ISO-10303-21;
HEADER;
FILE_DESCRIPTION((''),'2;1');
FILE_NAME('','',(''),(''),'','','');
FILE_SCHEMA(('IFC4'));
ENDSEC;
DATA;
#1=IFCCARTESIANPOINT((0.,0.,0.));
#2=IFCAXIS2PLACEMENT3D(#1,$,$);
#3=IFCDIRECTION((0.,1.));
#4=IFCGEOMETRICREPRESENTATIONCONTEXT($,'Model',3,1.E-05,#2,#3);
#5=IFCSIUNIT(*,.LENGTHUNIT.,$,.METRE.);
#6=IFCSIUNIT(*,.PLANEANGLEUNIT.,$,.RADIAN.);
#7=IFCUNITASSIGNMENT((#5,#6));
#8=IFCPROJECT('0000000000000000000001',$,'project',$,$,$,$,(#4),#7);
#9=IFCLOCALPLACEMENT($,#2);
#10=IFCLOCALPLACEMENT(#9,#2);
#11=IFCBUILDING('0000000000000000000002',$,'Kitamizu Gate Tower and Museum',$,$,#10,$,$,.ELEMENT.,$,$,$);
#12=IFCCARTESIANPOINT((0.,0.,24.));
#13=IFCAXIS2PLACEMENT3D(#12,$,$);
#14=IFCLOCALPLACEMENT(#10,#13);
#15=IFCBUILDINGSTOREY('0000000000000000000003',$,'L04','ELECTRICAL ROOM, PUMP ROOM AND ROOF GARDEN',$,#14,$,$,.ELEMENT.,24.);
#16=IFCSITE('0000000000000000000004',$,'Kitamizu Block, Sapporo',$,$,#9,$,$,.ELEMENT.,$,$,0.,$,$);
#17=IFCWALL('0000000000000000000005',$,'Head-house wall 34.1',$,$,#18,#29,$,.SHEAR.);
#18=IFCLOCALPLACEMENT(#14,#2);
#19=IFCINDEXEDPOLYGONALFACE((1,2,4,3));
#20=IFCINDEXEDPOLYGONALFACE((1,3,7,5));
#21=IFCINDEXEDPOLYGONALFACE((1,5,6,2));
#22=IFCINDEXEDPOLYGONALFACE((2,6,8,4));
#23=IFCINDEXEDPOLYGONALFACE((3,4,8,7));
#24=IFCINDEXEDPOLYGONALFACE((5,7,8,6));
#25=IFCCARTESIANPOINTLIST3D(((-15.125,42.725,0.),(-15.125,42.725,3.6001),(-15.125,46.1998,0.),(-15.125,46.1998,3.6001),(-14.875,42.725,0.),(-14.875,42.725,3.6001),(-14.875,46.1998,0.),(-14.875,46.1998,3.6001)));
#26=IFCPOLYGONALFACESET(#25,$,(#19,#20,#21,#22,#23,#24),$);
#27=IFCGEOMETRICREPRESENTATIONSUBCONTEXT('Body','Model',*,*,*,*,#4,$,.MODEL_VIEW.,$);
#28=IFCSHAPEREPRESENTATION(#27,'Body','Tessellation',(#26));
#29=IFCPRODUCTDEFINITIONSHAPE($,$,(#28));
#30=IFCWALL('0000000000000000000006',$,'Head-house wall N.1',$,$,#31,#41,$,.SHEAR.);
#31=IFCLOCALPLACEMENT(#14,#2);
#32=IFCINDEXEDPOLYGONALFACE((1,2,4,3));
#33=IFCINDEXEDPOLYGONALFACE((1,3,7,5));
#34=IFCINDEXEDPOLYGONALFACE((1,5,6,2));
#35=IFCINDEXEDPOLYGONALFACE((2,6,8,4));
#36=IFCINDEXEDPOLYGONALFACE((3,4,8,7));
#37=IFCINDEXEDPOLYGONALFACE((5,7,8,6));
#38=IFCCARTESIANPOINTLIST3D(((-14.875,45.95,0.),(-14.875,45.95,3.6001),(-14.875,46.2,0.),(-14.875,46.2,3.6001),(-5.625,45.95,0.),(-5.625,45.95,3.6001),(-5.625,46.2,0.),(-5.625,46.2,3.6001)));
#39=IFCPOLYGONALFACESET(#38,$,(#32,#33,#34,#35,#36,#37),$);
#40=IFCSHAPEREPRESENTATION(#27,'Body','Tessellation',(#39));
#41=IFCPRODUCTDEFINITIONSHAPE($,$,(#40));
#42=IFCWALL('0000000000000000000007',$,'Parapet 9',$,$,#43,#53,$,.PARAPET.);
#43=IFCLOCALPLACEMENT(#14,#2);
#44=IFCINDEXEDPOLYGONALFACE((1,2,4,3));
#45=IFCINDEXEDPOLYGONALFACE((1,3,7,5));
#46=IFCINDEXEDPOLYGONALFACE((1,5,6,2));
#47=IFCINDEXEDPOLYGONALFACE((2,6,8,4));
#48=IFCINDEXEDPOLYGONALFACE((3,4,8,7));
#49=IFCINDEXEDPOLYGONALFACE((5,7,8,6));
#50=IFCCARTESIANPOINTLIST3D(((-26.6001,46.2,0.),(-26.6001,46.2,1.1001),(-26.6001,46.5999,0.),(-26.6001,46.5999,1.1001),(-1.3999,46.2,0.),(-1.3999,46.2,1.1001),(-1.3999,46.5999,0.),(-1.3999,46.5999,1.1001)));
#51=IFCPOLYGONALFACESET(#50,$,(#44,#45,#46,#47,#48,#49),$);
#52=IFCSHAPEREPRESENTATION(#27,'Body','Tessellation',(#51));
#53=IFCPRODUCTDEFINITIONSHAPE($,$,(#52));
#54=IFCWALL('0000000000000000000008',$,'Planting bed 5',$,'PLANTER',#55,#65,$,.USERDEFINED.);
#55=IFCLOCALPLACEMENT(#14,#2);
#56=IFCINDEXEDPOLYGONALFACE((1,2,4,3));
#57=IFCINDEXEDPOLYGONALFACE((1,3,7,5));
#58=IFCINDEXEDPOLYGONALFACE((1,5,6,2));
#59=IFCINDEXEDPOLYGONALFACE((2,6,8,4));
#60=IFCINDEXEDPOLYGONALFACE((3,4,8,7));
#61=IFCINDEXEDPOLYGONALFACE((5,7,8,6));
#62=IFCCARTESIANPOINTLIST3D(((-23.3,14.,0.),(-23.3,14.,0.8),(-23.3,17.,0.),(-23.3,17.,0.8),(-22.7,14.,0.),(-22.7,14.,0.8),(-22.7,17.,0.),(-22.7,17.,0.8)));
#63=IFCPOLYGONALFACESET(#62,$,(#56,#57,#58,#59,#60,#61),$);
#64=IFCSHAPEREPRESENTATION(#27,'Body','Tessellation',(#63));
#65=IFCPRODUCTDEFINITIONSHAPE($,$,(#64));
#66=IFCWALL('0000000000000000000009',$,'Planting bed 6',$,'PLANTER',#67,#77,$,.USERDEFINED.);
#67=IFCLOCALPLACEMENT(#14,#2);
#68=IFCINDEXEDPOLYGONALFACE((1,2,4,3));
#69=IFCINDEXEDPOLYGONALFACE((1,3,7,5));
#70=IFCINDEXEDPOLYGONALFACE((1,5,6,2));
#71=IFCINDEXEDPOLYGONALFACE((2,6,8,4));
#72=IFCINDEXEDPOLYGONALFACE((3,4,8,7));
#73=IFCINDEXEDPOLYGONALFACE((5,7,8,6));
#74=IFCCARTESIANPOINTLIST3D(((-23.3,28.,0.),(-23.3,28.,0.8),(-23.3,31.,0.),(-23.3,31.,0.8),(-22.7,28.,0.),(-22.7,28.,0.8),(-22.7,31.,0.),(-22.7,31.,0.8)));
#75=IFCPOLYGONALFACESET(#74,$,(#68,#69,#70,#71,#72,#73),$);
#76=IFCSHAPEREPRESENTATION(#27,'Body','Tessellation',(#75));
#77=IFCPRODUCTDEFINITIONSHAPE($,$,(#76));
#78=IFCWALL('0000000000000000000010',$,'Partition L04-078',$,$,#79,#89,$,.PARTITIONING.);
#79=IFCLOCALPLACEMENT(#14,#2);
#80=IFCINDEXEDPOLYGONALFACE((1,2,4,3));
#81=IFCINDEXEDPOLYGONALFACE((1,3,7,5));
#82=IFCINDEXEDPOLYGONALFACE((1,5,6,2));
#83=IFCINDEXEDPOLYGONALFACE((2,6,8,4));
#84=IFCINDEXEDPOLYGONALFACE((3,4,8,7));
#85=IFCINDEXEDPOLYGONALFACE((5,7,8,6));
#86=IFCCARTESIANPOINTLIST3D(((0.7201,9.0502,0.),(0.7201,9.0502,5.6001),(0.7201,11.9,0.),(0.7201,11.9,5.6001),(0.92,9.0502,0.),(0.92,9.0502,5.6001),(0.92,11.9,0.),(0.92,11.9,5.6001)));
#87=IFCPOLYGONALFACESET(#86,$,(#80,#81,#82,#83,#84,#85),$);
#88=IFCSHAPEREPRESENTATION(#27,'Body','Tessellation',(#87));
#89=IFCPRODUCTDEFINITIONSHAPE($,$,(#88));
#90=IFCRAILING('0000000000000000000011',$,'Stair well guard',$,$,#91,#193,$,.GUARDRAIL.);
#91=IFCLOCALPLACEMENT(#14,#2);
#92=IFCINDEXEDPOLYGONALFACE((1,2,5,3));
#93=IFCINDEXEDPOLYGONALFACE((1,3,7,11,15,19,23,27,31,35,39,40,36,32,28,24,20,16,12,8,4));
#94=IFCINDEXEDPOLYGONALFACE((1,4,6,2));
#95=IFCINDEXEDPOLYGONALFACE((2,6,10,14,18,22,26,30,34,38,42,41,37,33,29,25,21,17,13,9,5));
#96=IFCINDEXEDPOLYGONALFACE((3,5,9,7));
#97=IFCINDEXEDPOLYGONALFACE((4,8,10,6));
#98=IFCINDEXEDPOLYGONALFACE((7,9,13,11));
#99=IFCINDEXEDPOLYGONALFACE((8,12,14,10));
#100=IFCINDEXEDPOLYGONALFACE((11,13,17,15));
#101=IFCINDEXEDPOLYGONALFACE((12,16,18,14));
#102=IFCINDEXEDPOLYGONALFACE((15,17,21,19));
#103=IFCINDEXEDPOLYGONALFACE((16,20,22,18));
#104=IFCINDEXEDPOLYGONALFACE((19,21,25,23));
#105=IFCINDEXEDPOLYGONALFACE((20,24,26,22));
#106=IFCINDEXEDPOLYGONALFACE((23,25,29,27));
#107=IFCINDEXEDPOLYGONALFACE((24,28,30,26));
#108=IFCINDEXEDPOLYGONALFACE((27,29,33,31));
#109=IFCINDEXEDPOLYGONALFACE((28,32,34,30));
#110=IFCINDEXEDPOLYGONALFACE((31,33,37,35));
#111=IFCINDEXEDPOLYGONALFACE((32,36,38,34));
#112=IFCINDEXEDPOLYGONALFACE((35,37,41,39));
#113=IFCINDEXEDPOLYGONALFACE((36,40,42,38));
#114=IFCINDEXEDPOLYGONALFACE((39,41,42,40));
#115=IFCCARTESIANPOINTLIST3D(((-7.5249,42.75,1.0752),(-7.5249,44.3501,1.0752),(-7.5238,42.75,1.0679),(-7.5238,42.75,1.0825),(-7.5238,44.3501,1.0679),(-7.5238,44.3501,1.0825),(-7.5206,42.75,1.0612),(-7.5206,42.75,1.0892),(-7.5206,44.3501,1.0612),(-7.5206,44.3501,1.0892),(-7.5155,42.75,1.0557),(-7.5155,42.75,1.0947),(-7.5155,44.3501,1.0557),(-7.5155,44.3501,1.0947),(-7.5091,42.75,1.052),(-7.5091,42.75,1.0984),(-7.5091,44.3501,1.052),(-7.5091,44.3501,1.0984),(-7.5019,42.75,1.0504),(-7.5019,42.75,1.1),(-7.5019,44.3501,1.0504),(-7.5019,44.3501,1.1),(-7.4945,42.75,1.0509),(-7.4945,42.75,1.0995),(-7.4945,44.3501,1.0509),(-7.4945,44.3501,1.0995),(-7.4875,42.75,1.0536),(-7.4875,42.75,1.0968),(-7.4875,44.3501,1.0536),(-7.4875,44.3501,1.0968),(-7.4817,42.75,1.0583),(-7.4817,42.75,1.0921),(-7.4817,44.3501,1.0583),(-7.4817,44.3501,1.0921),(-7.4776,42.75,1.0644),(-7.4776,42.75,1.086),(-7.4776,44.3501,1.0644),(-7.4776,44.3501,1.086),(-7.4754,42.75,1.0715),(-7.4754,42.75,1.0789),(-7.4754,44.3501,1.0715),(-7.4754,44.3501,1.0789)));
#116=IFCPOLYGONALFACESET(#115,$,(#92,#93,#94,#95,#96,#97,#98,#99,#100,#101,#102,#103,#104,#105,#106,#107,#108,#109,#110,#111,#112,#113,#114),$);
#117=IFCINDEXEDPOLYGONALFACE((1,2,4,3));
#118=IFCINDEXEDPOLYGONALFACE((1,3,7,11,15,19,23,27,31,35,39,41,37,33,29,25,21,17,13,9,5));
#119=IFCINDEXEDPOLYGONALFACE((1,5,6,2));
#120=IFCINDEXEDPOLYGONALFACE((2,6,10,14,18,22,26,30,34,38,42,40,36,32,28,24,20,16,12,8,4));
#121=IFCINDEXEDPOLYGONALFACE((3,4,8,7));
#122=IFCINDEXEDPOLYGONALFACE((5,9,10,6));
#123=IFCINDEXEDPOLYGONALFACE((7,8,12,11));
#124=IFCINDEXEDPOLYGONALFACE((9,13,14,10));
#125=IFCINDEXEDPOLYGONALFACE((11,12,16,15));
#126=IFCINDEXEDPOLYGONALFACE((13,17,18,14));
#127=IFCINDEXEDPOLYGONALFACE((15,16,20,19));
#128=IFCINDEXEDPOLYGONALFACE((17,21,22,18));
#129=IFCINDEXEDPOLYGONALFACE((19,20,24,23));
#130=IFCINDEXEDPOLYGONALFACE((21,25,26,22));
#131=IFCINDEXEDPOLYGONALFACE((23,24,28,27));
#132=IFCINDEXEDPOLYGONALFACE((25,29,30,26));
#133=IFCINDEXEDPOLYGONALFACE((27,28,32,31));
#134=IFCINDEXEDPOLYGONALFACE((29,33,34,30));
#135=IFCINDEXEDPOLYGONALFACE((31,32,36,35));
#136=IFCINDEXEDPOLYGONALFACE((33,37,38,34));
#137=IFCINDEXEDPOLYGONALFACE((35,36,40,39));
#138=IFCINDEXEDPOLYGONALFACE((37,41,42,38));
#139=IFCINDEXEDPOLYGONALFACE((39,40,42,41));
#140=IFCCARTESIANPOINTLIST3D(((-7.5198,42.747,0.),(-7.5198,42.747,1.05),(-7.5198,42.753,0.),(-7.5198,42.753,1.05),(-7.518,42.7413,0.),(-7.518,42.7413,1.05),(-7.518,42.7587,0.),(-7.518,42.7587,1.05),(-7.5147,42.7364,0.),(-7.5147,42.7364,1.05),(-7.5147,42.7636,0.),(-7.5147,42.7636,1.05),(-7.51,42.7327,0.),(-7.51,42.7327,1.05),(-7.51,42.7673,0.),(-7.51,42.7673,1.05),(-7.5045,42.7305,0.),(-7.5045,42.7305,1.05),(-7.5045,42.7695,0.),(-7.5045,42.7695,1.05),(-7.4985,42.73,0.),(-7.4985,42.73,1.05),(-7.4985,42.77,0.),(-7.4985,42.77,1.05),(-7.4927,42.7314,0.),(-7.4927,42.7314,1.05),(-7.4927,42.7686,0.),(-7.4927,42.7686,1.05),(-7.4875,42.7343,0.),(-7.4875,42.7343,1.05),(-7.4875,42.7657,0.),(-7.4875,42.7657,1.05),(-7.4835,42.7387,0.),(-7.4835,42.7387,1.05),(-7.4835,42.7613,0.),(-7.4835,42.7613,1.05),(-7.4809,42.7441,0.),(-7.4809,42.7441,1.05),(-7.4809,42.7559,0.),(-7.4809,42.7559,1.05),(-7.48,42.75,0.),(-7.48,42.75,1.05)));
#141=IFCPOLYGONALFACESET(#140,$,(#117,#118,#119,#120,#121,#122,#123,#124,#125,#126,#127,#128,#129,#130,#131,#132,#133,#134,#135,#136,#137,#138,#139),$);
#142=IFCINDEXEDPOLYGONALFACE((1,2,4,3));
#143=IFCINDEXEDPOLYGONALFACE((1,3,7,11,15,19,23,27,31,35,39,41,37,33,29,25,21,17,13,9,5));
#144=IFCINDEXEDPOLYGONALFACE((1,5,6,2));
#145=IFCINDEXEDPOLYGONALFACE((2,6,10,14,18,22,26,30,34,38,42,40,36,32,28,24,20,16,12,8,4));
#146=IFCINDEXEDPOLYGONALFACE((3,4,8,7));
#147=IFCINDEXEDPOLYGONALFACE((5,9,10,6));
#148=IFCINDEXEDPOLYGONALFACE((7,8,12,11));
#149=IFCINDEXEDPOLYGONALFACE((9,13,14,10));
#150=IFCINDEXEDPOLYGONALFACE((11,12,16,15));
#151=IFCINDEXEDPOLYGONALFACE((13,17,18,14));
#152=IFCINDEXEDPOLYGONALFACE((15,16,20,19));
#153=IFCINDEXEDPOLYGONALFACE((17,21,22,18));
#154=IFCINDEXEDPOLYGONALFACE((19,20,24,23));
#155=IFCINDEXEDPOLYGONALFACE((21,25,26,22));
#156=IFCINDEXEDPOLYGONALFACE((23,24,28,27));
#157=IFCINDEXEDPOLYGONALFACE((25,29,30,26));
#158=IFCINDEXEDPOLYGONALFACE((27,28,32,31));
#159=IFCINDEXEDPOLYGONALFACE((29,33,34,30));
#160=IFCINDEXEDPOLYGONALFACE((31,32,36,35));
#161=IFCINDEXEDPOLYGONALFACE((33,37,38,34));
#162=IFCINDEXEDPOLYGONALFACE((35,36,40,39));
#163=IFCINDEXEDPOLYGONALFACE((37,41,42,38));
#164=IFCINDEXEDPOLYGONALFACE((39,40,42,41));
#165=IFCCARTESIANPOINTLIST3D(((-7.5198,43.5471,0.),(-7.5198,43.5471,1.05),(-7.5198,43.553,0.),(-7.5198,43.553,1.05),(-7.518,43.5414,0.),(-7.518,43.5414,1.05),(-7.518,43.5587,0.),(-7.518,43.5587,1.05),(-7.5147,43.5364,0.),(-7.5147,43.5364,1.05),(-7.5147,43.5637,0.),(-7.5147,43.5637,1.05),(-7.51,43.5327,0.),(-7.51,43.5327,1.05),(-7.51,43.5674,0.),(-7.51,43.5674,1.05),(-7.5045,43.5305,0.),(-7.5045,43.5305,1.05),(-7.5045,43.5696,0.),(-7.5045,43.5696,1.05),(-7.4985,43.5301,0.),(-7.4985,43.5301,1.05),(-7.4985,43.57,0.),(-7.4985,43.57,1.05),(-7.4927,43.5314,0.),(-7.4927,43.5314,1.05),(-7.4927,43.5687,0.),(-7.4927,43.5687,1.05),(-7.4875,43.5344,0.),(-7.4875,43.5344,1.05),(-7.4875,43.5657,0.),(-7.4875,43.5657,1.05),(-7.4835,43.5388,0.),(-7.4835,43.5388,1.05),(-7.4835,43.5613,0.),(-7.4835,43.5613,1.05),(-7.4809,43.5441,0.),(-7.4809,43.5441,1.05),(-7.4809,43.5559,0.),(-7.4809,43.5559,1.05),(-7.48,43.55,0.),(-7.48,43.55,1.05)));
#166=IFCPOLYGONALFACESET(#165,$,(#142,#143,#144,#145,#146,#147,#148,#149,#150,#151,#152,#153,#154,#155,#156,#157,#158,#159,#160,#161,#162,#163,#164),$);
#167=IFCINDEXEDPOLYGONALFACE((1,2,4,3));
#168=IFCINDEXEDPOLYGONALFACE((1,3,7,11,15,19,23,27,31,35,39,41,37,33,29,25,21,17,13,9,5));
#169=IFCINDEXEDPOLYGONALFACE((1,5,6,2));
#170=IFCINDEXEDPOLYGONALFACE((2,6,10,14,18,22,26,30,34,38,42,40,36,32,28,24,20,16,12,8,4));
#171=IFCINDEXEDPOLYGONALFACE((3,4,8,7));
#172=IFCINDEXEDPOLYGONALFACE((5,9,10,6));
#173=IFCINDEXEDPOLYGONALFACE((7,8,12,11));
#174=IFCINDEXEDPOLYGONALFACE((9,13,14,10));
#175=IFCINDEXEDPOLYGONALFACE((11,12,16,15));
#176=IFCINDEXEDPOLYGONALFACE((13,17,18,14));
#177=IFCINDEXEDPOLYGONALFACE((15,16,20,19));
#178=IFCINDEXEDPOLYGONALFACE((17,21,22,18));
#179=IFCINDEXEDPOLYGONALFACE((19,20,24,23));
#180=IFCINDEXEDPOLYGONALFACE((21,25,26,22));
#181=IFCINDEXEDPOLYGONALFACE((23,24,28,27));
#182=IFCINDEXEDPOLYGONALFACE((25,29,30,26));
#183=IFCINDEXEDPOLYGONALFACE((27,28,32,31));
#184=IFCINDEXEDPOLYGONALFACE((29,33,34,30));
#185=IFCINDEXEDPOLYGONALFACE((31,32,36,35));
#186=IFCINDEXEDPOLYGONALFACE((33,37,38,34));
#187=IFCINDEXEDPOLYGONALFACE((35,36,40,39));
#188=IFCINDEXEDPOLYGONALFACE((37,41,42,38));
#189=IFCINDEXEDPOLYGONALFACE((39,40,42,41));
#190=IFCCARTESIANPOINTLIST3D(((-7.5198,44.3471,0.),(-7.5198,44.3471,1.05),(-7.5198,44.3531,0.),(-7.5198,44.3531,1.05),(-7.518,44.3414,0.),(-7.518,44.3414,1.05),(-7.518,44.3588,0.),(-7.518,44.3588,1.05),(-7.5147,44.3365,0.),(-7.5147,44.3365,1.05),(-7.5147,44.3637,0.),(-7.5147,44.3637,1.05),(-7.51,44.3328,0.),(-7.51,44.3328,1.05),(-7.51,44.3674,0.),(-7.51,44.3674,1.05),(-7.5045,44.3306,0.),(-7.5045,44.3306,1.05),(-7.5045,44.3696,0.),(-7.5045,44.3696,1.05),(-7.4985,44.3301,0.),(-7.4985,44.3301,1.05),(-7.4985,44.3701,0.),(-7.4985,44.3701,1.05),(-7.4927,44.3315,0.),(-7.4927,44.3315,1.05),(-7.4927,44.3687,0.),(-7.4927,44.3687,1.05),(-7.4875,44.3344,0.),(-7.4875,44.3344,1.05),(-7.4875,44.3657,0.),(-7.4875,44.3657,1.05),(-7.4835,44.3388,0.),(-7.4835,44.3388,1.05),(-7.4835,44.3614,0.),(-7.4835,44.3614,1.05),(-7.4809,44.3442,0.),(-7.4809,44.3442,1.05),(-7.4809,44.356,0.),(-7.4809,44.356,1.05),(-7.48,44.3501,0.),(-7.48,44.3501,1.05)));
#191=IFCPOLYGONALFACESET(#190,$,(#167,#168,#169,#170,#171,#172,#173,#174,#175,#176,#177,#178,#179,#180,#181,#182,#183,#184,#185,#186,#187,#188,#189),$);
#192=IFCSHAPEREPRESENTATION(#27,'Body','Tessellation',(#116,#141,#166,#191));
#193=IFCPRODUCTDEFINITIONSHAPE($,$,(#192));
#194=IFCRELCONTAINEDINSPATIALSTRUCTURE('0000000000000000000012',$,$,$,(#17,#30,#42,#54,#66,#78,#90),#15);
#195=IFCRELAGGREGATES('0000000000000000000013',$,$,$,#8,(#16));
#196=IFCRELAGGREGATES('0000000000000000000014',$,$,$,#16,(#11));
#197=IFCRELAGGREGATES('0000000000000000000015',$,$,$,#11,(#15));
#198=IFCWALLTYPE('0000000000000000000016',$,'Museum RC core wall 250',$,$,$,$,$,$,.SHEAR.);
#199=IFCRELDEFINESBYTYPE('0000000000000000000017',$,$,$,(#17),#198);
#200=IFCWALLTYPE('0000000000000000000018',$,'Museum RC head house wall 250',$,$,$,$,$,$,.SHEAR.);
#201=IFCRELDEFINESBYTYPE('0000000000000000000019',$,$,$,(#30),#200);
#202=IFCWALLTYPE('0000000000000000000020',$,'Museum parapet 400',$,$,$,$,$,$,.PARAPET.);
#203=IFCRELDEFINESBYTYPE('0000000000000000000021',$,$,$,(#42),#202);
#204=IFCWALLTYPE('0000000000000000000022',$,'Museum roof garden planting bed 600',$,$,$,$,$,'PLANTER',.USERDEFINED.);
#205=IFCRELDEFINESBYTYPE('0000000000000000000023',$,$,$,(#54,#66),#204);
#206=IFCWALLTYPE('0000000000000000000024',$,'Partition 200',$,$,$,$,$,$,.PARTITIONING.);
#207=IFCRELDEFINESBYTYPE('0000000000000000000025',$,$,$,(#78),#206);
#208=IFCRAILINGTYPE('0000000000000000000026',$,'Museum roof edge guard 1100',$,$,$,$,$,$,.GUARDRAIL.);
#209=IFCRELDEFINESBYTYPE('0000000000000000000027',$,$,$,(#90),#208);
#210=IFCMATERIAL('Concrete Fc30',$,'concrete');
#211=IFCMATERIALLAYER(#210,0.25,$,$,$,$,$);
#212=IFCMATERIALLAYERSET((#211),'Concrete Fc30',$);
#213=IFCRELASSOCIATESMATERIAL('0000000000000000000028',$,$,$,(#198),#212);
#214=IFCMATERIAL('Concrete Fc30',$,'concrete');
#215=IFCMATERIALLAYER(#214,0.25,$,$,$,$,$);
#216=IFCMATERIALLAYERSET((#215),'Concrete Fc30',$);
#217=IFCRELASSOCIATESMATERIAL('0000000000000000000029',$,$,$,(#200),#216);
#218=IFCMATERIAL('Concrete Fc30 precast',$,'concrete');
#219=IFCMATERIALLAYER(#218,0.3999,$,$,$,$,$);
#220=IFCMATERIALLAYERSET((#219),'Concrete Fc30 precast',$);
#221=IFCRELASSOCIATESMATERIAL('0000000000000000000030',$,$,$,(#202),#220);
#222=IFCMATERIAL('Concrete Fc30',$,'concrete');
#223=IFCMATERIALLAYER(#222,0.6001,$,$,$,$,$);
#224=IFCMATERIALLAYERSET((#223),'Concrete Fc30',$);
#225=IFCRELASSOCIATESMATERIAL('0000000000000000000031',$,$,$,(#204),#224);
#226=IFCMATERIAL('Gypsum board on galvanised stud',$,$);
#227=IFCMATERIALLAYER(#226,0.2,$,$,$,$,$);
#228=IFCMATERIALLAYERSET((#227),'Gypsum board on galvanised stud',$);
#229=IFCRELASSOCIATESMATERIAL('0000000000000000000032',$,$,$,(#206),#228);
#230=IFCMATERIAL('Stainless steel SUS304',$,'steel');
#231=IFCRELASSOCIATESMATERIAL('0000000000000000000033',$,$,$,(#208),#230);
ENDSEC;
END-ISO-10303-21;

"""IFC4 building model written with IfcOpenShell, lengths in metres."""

from ifc_helpers import new_model, si_unit, direction, frame, frame_2d, origin, origin_2d, place, context, subcontext, project, spatial, rectangle, circle, extrude, material, layer, layer_set, type_object, element, save


model = new_model("IFC4")

# Units and contexts
model_context = context("Model", 3, precision=1e-05, world=origin(), true_north=direction((0.0, 1.0)))
body_context = subcontext(model_context, "Body", "Model", "MODEL_VIEW")
ifc_project = project(units=[si_unit("LENGTHUNIT", "METRE"), si_unit("PLANEANGLEUNIT", "RADIAN")], contexts=[model_context])

# Site, building, storey
site_placement = place(None, origin())
site = spatial("IfcSite", under=ifc_project, at=site_placement, Name="Kitamizu Block, Sapporo", CompositionType="ELEMENT", RefElevation=0.0)
building_placement = place(site_placement, origin())
building = spatial("IfcBuilding", under=site, at=building_placement, Name="Kitamizu Gate Tower and Museum", CompositionType="ELEMENT")
storey_placement = place(building_placement, frame((0.0, 0.0, 24.0)))
storey = spatial("IfcBuildingStorey", under=building, at=storey_placement, Name="L04", Description="ELECTRICAL ROOM, PUMP ROOM AND ROOF GARDEN", CompositionType="ELEMENT", Elevation=24.0)

# Shared definitions
ifc_material_1 = material(Name="Concrete Fc30", Category="concrete")
ifc_layer_1 = layer(ifc_material_1, 0.25)
ifc_layer_set_1 = layer_set([ifc_layer_1], Name="Concrete Fc30")
wall_type_1 = type_object("IfcWallType", Name="Museum RC core wall 250", PredefinedType="SHEAR", material=ifc_layer_set_1)

# Walls
wall_1_placement = place(storey_placement, frame((-15.0, 42.7251, 0.0), z_axis=(0.0, 0.0, 1.0), x_axis=(0.0, 1.0, 0.0)))
element("IfcWall", 1, at=wall_1_placement, inside=storey, type_object=wall_type_1, Name="Head-house wall 34.1", PredefinedType="SHEAR", context=body_context, shape_type="SweptSolid", body=[
    extrude(rectangle(XDim=3.4749, YDim=0.25, at=frame_2d((1.7373, 0.0))), origin(), (0.0, 0.0, 1.0), 3.6001),
])
ifc_material_2 = material(Name="Concrete Fc30", Category="concrete")
ifc_layer_2 = layer(ifc_material_2, 0.25)
ifc_layer_set_2 = layer_set([ifc_layer_2], Name="Concrete Fc30")
wall_type_2 = type_object("IfcWallType", Name="Museum RC head house wall 250", PredefinedType="SHEAR", material=ifc_layer_set_2)
wall_2_placement = place(storey_placement, frame((-14.875, 46.075, 0.0), z_axis=(0.0, 0.0, 1.0), x_axis=(1.0, 0.0, 0.0)))
element("IfcWall", 2, at=wall_2_placement, inside=storey, type_object=wall_type_2, Name="Head-house wall N.1", PredefinedType="SHEAR", context=body_context, shape_type="SweptSolid", body=[
    extrude(rectangle(XDim=9.25, YDim=0.25, at=frame_2d((4.625, 0.0))), origin(), (0.0, 0.0, 1.0), 3.6001),
])
ifc_material_3 = material(Name="Concrete Fc30 precast", Category="concrete")
ifc_layer_3 = layer(ifc_material_3, 0.3999)
ifc_layer_set_3 = layer_set([ifc_layer_3], Name="Concrete Fc30 precast")
wall_type_3 = type_object("IfcWallType", Name="Museum parapet 400", PredefinedType="PARAPET", material=ifc_layer_set_3)
wall_3_placement = place(storey_placement, frame((-26.6001, 46.3999, 0.0), z_axis=(0.0, 0.0, 1.0), x_axis=(1.0, 0.0, 0.0)))
element("IfcWall", 3, at=wall_3_placement, inside=storey, type_object=wall_type_3, Name="Parapet 9", PredefinedType="PARAPET", context=body_context, shape_type="SweptSolid", body=[
    extrude(rectangle(XDim=25.2002, YDim=0.3999, at=frame_2d((12.6001, 0.0))), origin(), (0.0, 0.0, 1.0), 1.1001),
])
ifc_material_4 = material(Name="Concrete Fc30", Category="concrete")
ifc_layer_4 = layer(ifc_material_4, 0.6001)
ifc_layer_set_4 = layer_set([ifc_layer_4], Name="Concrete Fc30")
wall_type_4 = type_object("IfcWallType", Name="Museum roof garden planting bed 600", ElementType="PLANTER", PredefinedType="USERDEFINED", material=ifc_layer_set_4)
for number, where, z_axis, x_axis, name in (
    (4, (-23.0, 14.0, 0.0), (0.0, 0.0, 1.0), (0.0, 1.0, 0.0), "Planting bed 5"),
    (5, (-23.0, 28.0, 0.0), (0.0, 0.0, 1.0), (0.0, 1.0, 0.0), "Planting bed 6"),
):
    element("IfcWall", number, at=place(storey_placement, frame(where, z_axis=z_axis, x_axis=x_axis)), inside=storey, type_object=wall_type_4, Name=name, ObjectType="PLANTER", PredefinedType="USERDEFINED", context=body_context, shape_type="SweptSolid", body=[
        extrude(rectangle(XDim=3.0, YDim=0.6001, at=frame_2d((1.5, 0.0))), origin(), (0.0, 0.0, 1.0), 0.8),
    ])
ifc_material_5 = material(Name="Gypsum board on galvanised stud")
ifc_layer_5 = layer(ifc_material_5, 0.2)
ifc_layer_set_5 = layer_set([ifc_layer_5], Name="Gypsum board on galvanised stud")
wall_type_5 = type_object("IfcWallType", Name="Partition 200", PredefinedType="PARTITIONING", material=ifc_layer_set_5)
wall_4_placement = place(storey_placement, frame((0.8201, 11.8999, 0.0), z_axis=(0.0, 0.0, 1.0), x_axis=(0.0, -1.0, 0.0)))
element("IfcWall", 6, at=wall_4_placement, inside=storey, type_object=wall_type_5, Name="Partition L04-078", PredefinedType="PARTITIONING", context=body_context, shape_type="SweptSolid", body=[
    extrude(rectangle(XDim=2.8499, YDim=0.2, at=frame_2d((1.4248, 0.0))), origin(), (0.0, 0.0, 1.0), 5.6001),
])

# Railing
ifc_material_6 = material(Name="Stainless steel SUS304", Category="steel")
railing_type = type_object("IfcRailingType", Name="Museum roof edge guard 1100", PredefinedType="GUARDRAIL", material=ifc_material_6)
railing_1_placement = place(storey_placement, frame((-7.5, 42.75, 0.0)))
element("IfcRailing", 7, at=railing_1_placement, inside=storey, type_object=railing_type, Name="Stair well guard", PredefinedType="GUARDRAIL", context=body_context, shape_type="SweptSolid", body=[
    extrude(circle(Radius=0.0249, at=origin_2d()), frame((0.0, 0.0, 1.0752), z_axis=(0.0, 1.0, 0.0), x_axis=(-1.0, 0.0, 0.0)), (0.0, 0.0, 1.0), 1.6001),
    extrude(circle(Radius=0.02, at=origin_2d()), origin(), (0.0, 0.0, 1.0), 1.05),
    extrude(circle(Radius=0.02, at=origin_2d()), frame((0.0, 0.8, 0.0)), (0.0, 0.0, 1.0), 1.05),
    extrude(circle(Radius=0.02, at=origin_2d()), frame((0.0, 1.6001, 0.0)), (0.0, 0.0, 1.0), 1.05),
])

save(model, "model.ifc")
